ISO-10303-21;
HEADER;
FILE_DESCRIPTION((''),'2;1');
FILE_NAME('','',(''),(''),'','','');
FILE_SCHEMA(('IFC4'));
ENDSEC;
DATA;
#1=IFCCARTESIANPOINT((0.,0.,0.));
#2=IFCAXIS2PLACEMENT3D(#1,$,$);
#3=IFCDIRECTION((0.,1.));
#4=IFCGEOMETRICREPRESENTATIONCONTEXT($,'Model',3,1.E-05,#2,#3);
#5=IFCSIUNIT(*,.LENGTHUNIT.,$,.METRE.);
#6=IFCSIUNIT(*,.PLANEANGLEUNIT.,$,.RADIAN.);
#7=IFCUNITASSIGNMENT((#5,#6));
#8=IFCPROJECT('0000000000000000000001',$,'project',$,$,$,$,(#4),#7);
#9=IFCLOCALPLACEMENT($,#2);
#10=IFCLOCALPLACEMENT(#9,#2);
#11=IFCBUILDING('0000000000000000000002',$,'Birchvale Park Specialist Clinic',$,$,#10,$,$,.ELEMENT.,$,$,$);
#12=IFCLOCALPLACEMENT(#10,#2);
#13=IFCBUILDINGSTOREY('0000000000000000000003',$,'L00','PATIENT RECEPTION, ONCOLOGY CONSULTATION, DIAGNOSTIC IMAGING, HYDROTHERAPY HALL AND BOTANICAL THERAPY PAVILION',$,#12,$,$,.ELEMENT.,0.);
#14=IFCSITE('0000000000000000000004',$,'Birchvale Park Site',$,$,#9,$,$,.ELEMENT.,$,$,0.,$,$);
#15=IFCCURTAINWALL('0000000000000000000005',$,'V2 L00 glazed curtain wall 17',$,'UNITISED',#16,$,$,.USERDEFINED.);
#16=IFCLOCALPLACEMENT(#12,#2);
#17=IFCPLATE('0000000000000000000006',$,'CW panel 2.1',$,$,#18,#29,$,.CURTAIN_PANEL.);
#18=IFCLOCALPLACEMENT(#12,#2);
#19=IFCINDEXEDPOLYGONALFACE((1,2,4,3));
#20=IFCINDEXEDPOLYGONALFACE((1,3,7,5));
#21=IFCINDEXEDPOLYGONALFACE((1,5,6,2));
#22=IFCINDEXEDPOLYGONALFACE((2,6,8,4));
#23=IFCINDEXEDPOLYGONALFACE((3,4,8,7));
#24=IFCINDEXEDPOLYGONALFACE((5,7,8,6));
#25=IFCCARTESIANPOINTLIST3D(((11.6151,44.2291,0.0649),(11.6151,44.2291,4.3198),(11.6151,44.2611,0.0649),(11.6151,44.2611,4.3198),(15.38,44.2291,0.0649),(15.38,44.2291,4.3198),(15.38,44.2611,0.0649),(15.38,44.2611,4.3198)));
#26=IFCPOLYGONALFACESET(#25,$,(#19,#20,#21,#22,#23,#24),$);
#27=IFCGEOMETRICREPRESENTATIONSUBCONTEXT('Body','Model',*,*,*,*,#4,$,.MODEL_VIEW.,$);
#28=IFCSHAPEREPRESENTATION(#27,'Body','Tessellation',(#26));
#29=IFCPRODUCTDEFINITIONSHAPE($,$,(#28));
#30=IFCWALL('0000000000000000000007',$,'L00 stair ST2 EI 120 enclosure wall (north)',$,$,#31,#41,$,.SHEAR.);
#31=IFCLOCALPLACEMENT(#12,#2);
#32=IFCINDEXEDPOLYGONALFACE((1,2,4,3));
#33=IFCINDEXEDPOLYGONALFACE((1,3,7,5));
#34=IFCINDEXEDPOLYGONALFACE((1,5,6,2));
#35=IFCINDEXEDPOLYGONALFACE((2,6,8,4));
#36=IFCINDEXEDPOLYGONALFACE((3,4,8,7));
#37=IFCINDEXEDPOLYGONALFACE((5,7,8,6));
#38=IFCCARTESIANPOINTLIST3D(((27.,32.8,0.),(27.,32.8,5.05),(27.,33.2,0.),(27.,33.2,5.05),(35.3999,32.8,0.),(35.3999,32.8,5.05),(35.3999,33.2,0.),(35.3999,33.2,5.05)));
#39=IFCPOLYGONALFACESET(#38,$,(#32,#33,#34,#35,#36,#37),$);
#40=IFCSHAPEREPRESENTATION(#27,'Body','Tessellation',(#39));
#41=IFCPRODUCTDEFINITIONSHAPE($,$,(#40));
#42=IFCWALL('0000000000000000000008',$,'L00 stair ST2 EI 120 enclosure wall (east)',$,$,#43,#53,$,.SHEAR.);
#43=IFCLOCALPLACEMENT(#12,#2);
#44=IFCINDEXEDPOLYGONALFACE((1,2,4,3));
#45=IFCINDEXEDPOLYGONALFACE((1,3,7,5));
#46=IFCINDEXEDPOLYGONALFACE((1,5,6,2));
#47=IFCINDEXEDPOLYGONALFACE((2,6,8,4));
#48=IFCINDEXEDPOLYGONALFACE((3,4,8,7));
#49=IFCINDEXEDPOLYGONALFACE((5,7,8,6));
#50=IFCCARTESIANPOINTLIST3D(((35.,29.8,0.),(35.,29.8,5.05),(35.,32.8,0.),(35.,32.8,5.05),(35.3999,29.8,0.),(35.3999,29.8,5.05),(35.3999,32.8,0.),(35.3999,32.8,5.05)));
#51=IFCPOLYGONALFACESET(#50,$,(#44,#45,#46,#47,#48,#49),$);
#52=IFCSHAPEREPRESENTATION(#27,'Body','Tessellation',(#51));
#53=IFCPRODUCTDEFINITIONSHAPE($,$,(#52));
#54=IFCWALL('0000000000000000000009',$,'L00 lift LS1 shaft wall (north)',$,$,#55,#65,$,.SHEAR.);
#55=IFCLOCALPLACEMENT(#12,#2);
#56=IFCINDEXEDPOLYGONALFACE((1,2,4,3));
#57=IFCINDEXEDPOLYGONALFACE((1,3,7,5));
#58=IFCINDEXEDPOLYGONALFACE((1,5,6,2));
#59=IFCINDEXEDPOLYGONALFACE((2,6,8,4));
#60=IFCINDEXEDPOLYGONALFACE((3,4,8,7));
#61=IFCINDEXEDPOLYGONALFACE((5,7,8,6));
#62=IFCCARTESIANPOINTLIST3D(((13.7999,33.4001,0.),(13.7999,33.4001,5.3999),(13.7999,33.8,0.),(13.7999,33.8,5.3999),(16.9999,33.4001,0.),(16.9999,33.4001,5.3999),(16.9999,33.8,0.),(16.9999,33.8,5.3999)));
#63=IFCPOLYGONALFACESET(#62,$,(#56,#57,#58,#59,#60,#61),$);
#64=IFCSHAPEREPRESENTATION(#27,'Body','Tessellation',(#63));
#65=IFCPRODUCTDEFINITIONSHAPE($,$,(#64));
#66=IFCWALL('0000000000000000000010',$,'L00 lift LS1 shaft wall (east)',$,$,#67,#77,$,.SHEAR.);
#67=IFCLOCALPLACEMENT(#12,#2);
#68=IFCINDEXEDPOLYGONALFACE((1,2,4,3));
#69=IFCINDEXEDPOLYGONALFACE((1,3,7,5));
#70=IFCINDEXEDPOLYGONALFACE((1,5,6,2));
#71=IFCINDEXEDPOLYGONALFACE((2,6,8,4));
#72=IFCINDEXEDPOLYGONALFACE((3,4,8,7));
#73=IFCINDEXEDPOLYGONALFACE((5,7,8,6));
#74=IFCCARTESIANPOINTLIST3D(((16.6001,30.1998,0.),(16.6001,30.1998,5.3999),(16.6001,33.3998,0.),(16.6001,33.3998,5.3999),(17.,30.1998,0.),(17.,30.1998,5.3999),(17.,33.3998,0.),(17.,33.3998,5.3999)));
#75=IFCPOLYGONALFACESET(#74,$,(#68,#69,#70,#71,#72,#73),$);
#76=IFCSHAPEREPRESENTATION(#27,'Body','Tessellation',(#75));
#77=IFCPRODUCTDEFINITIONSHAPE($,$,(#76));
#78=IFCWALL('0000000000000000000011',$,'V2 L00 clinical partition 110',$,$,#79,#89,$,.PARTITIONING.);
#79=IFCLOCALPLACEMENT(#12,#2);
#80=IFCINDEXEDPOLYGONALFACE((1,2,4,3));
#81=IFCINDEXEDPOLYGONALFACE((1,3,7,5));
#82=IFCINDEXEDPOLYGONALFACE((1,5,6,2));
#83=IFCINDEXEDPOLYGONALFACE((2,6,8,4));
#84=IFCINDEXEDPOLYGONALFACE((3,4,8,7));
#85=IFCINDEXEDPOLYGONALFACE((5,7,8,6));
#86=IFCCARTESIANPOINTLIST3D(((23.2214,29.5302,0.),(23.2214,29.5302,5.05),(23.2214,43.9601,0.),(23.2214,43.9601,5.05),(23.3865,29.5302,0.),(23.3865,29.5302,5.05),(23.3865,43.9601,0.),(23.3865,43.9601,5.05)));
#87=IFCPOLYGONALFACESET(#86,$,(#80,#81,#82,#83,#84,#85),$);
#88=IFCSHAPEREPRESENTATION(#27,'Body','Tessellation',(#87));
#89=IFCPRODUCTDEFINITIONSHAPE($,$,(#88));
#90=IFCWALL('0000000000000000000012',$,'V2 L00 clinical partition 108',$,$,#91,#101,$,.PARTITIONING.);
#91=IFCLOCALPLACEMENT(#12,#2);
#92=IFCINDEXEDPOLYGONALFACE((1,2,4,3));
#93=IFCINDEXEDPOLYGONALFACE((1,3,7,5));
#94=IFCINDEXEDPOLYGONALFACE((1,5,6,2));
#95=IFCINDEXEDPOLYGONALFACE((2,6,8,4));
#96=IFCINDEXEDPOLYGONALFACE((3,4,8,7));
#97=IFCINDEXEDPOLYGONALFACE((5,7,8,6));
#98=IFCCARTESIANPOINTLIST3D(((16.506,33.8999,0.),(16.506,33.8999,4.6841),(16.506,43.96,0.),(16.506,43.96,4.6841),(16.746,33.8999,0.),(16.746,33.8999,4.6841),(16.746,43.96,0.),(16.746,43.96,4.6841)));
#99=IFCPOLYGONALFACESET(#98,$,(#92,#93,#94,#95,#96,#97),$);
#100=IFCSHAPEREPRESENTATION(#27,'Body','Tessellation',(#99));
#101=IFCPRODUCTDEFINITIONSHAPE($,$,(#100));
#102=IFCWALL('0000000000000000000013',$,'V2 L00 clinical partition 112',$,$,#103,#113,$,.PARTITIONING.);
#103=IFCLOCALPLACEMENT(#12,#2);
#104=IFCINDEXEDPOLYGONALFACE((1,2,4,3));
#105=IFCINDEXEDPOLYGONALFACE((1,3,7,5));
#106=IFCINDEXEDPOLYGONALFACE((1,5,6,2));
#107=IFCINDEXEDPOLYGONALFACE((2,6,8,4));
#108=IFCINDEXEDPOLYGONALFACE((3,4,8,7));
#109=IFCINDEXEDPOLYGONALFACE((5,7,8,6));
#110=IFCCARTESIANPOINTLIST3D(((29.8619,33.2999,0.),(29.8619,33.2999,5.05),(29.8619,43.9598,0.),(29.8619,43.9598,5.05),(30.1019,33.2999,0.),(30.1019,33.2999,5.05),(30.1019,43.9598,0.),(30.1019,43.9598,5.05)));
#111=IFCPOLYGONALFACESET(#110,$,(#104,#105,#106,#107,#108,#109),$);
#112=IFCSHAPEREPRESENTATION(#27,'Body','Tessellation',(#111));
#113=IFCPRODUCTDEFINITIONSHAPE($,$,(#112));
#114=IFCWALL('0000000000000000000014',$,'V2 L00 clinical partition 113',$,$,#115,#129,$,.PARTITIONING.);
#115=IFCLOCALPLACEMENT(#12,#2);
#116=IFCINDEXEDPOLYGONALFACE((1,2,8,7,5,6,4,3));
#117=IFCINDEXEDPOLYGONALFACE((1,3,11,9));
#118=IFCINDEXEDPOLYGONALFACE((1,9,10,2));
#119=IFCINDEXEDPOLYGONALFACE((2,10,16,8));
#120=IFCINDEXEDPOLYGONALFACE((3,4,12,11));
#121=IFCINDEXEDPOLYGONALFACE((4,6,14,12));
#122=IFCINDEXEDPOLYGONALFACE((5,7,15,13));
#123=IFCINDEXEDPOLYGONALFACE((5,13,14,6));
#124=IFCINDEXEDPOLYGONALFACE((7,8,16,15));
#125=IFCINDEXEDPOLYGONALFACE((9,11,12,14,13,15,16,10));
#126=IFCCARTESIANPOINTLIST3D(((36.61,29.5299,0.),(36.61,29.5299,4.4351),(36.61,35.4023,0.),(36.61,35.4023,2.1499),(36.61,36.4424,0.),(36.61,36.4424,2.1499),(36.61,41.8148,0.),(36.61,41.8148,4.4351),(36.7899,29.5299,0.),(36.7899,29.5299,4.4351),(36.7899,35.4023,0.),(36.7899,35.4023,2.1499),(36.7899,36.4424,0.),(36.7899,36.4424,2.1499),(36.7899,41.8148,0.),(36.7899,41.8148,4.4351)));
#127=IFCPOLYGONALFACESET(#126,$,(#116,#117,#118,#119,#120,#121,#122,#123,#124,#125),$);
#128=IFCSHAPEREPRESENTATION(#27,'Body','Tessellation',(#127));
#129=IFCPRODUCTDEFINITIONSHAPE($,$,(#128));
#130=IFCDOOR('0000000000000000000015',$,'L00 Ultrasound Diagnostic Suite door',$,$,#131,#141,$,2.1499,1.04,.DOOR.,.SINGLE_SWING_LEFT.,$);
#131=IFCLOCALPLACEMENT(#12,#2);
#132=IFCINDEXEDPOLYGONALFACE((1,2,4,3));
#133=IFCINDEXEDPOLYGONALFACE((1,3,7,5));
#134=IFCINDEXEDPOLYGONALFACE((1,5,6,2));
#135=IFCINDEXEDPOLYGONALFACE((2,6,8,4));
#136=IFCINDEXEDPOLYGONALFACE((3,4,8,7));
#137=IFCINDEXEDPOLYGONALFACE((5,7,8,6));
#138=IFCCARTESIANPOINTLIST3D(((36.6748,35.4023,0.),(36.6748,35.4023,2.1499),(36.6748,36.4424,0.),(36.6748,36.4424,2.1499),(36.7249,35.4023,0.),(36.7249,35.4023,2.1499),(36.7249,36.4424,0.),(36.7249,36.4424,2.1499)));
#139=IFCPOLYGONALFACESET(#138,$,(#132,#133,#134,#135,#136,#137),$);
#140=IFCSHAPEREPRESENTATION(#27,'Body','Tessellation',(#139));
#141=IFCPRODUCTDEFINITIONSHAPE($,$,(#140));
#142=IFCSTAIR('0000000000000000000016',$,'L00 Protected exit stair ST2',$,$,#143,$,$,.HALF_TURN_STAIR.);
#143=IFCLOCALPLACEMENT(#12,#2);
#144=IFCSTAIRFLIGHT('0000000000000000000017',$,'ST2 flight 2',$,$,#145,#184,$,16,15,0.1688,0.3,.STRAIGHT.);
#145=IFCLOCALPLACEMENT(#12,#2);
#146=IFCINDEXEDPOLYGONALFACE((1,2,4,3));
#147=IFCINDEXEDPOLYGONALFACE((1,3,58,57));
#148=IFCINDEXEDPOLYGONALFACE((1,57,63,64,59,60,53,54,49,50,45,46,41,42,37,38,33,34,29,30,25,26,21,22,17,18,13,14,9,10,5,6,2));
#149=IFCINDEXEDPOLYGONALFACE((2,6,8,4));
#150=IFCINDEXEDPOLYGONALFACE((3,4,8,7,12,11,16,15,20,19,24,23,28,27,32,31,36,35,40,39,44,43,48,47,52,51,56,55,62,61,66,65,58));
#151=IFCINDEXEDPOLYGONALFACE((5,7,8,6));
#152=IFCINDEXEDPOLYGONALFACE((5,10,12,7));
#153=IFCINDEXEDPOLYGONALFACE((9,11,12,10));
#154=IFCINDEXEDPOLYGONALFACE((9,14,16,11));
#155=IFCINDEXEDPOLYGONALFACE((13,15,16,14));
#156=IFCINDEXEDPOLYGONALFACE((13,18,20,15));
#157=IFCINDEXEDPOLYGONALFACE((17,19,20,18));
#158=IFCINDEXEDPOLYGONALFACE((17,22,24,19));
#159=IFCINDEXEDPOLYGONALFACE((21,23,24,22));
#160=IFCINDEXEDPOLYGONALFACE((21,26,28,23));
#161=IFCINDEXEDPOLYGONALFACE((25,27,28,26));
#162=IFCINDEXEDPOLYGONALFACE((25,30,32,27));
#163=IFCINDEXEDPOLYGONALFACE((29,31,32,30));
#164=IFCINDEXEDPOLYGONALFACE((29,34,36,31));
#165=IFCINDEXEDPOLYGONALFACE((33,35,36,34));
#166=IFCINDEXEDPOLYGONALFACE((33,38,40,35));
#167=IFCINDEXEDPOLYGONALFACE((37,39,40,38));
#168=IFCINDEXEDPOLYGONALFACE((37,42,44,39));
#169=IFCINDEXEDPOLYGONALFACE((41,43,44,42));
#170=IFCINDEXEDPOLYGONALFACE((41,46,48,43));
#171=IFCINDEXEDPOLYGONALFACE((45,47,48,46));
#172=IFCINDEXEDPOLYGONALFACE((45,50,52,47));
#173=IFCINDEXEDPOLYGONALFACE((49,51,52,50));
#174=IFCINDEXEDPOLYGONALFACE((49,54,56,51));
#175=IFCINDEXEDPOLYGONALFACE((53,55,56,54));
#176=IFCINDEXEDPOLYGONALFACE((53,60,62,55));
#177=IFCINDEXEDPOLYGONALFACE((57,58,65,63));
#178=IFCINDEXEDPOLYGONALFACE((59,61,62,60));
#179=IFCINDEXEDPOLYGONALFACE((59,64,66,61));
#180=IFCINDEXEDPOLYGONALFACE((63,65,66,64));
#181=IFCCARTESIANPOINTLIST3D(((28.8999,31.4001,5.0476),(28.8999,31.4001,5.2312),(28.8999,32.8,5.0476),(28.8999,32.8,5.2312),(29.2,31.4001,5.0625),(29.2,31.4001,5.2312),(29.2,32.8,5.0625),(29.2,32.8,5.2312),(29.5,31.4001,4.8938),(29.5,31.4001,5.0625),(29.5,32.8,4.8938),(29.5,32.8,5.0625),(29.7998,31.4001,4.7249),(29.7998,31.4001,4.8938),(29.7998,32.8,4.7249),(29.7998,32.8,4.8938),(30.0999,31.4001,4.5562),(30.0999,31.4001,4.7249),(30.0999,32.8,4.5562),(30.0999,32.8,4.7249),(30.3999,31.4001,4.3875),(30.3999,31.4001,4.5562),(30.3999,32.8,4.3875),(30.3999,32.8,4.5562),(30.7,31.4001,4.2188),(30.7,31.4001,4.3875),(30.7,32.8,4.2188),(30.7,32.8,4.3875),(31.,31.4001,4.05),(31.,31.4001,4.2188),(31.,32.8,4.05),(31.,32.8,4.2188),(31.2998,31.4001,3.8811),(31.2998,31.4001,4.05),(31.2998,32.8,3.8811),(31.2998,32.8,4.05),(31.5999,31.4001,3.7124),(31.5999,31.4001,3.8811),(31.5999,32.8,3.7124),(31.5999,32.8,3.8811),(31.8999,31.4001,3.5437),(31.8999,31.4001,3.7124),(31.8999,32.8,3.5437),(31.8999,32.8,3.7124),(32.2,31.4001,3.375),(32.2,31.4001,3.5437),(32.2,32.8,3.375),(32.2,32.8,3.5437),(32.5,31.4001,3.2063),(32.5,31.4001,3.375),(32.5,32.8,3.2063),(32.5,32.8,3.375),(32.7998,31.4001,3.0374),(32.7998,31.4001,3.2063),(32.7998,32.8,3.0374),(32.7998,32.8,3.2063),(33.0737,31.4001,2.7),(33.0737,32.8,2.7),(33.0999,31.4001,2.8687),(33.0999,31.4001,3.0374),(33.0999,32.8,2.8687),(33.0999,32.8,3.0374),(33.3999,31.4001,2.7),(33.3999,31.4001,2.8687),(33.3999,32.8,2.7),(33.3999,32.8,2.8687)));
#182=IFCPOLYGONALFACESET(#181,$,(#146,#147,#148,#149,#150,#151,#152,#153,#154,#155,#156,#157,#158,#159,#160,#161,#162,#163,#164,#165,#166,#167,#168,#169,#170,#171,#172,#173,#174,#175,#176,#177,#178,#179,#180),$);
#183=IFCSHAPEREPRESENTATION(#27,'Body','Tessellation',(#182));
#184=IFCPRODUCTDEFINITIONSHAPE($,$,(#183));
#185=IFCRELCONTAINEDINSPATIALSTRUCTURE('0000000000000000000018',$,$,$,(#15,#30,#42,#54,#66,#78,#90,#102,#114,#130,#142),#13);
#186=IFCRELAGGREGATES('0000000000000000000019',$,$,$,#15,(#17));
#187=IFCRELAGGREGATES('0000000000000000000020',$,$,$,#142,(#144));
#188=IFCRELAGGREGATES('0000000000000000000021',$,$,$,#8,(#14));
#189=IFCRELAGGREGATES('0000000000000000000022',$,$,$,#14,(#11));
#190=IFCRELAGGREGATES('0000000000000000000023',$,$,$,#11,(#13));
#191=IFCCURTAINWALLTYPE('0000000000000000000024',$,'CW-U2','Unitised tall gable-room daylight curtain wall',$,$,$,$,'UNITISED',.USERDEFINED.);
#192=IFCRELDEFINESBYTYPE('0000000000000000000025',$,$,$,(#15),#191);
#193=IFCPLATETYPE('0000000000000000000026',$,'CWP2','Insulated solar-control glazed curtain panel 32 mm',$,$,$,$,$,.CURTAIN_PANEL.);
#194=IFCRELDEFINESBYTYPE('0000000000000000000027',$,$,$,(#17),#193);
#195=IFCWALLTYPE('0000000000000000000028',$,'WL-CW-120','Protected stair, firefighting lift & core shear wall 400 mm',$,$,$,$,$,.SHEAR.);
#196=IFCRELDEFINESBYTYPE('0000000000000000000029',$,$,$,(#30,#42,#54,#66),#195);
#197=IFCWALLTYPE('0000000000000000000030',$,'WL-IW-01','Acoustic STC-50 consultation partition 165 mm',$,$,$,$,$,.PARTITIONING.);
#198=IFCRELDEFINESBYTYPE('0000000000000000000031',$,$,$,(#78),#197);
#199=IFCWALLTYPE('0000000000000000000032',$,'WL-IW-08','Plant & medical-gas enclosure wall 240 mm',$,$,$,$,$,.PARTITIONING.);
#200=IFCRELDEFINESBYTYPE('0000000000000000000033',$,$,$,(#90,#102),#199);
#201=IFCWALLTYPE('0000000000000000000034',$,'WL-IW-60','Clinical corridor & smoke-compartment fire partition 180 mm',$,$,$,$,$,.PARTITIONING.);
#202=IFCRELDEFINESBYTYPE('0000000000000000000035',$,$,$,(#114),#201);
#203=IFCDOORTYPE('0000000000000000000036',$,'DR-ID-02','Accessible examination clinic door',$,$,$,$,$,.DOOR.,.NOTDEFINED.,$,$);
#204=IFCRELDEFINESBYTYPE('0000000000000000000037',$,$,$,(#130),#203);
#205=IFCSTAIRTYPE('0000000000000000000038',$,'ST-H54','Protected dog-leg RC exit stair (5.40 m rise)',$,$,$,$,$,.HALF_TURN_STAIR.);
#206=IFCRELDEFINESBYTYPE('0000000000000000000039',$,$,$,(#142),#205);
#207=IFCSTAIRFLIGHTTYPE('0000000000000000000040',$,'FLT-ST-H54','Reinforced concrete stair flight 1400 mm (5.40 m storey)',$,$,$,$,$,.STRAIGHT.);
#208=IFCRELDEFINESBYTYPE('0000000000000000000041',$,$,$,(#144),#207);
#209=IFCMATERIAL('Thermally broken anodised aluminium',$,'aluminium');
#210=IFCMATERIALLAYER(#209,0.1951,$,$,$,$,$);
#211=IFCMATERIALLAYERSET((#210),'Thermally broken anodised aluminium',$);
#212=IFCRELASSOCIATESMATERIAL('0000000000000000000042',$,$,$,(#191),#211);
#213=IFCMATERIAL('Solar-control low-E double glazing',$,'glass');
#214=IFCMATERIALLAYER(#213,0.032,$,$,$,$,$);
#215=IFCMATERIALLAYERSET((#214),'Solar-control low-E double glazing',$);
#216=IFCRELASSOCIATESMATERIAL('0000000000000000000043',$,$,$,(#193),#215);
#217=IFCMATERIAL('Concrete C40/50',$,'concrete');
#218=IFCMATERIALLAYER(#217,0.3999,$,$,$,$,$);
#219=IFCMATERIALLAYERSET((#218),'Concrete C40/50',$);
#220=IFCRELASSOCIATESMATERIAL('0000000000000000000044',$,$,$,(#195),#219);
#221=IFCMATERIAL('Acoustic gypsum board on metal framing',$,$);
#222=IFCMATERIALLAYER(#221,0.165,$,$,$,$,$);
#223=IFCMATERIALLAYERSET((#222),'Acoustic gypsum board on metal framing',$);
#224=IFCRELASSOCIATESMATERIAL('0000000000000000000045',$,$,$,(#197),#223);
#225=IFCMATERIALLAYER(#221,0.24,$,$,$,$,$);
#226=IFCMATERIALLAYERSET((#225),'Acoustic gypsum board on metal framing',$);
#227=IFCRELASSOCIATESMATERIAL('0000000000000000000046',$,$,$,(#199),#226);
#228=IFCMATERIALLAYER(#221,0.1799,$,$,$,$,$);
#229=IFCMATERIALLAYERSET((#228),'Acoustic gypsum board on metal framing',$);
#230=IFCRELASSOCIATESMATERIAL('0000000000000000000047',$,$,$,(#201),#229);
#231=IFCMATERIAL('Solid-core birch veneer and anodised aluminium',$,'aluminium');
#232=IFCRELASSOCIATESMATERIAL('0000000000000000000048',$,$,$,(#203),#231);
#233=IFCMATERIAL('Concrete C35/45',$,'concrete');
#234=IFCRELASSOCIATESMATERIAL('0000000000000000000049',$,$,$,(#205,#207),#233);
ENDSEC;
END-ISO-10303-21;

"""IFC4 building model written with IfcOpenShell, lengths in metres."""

from ifc_helpers import new_model, si_unit, direction, frame, frame_2d, origin, origin_2d, place, context, subcontext, project, spatial, polyline, rectangle, outline, extrude, material, layer, layer_set, type_object, element, fill, aggregate, save


model = new_model("IFC4")

# Units and contexts
model_context = context("Model", 3, precision=1e-05, world=origin(), true_north=direction((0.0, 1.0)))
body_context = subcontext(model_context, "Body", "Model", "MODEL_VIEW")
ifc_project = project(units=[si_unit("LENGTHUNIT", "METRE"), si_unit("PLANEANGLEUNIT", "RADIAN")], contexts=[model_context])

# Site, building, storey
site_placement = place(None, origin())
site = spatial("IfcSite", under=ifc_project, at=site_placement, Name="Birchvale Park Site", CompositionType="ELEMENT", RefElevation=0.0)
building_placement = place(site_placement, origin())
building = spatial("IfcBuilding", under=site, at=building_placement, Name="Birchvale Park Specialist Clinic", CompositionType="ELEMENT")
storey_placement = place(building_placement, origin())
storey = spatial("IfcBuildingStorey", under=building, at=storey_placement, Name="L00", Description="PATIENT RECEPTION, ONCOLOGY CONSULTATION, DIAGNOSTIC IMAGING, HYDROTHERAPY HALL AND BOTANICAL THERAPY PAVILION", CompositionType="ELEMENT", Elevation=0.0)

# Shared definitions
ifc_material_1 = material(Name="Concrete C40/50", Category="concrete")

# Curtain wall
ifc_material_2 = material(Name="Thermally broken anodised aluminium", Category="aluminium")
ifc_layer_1 = layer(ifc_material_2, 0.1951)
ifc_layer_set_1 = layer_set([ifc_layer_1], Name="Thermally broken anodised aluminium")
curtain_wall_type = type_object("IfcCurtainWallType", Name="CW-U2", Description="Unitised tall gable-room daylight curtain wall", ElementType="UNITISED", PredefinedType="USERDEFINED", material=ifc_layer_set_1)
curtain_wall_placement = place(storey_placement, origin())
curtain_wall = element("IfcCurtainWall", 1, at=curtain_wall_placement, inside=storey, type_object=curtain_wall_type, Name="V2 L00 glazed curtain wall 17", ObjectType="UNITISED", PredefinedType="USERDEFINED")

# Plate
ifc_material_3 = material(Name="Solar-control low-E double glazing", Category="glass")
ifc_layer_2 = layer(ifc_material_3, 0.032)
ifc_layer_set_2 = layer_set([ifc_layer_2], Name="Solar-control low-E double glazing")
plate_type = type_object("IfcPlateType", Name="CWP2", Description="Insulated solar-control glazed curtain panel 32 mm", PredefinedType="CURTAIN_PANEL", material=ifc_layer_set_2)
plate_1_placement = place(storey_placement, frame((13.4976, 44.2451, 0.0649), z_axis=(0.0, 0.0, 1.0), x_axis=(-1.0, 0.0, 0.0)))
plate_1 = element("IfcPlate", 2, at=plate_1_placement, type_object=plate_type, Name="CW panel 2.1", PredefinedType="CURTAIN_PANEL", context=body_context, shape_type="SweptSolid", body=[
    extrude(rectangle(XDim=3.7649, YDim=0.032, at=origin_2d()), origin(), (0.0, 0.0, 1.0), 4.2549),
])
aggregate(curtain_wall, [plate_1])

# Walls
ifc_layer_3 = layer(ifc_material_1, 0.3999)
ifc_layer_set_3 = layer_set([ifc_layer_3], Name="Concrete C40/50")
wall_type_1 = type_object("IfcWallType", Name="WL-CW-120", Description="Protected stair, firefighting lift & core shear wall 400 mm", PredefinedType="SHEAR", material=ifc_layer_set_3)
wall_1_placement = place(storey_placement, frame((35.3999, 33.0, 0.0), z_axis=(0.0, 0.0, 1.0), x_axis=(-1.0, 0.0, 0.0)))
element("IfcWall", 3, at=wall_1_placement, inside=storey, type_object=wall_type_1, Name="L00 stair ST2 EI 120 enclosure wall (north)", PredefinedType="SHEAR", context=body_context, shape_type="SweptSolid", body=[
    extrude(rectangle(XDim=8.3999, YDim=0.3999, at=frame_2d((4.2, 0.0))), origin(), (0.0, 0.0, 1.0), 5.05),
])
wall_2_placement = place(storey_placement, frame((35.2, 32.8, 0.0), z_axis=(0.0, 0.0, 1.0), x_axis=(0.0, -1.0, 0.0)))
element("IfcWall", 4, at=wall_2_placement, inside=storey, type_object=wall_type_1, Name="L00 stair ST2 EI 120 enclosure wall (east)", PredefinedType="SHEAR", context=body_context, shape_type="SweptSolid", body=[
    extrude(rectangle(XDim=3.0, YDim=0.3999, at=frame_2d((1.5, 0.0))), origin(), (0.0, 0.0, 1.0), 5.05),
])
for number, where, z_axis, x_axis, name in (
    (5, (17.0, 33.6001, 0.0), (0.0, 0.0, 1.0), (-1.0, 0.0, 0.0), "L00 lift LS1 shaft wall (north)"),
    (6, (16.8, 33.3999, 0.0), (0.0, 0.0, 1.0), (0.0, -1.0, 0.0), "L00 lift LS1 shaft wall (east)"),
):
    element("IfcWall", number, at=place(storey_placement, frame(where, z_axis=z_axis, x_axis=x_axis)), inside=storey, type_object=wall_type_1, Name=name, PredefinedType="SHEAR", context=body_context, shape_type="SweptSolid", body=[
        extrude(rectangle(XDim=3.2, YDim=0.3999, at=frame_2d((1.6001, 0.0))), origin(), (0.0, 0.0, 1.0), 5.3999),
    ])
ifc_material_4 = material(Name="Acoustic gypsum board on metal framing")
ifc_layer_4 = layer(ifc_material_4, 0.165)
ifc_layer_set_4 = layer_set([ifc_layer_4], Name="Acoustic gypsum board on metal framing")
wall_type_2 = type_object("IfcWallType", Name="WL-IW-01", Description="Acoustic STC-50 consultation partition 165 mm", PredefinedType="PARTITIONING", material=ifc_layer_set_4)
wall_3_placement = place(storey_placement, frame((23.304, 43.96, 0.0), z_axis=(0.0, 0.0, 1.0), x_axis=(0.0, -1.0, 0.0)))
element("IfcWall", 7, at=wall_3_placement, inside=storey, type_object=wall_type_2, Name="V2 L00 clinical partition 110", PredefinedType="PARTITIONING", context=body_context, shape_type="SweptSolid", body=[
    extrude(rectangle(XDim=14.4299, YDim=0.165, at=frame_2d((7.2148, 0.0))), origin(), (0.0, 0.0, 1.0), 5.05),
])
ifc_layer_5 = layer(ifc_material_4, 0.24)
ifc_layer_set_5 = layer_set([ifc_layer_5], Name="Acoustic gypsum board on metal framing")
wall_type_3 = type_object("IfcWallType", Name="WL-IW-08", Description="Plant & medical-gas enclosure wall 240 mm", PredefinedType="PARTITIONING", material=ifc_layer_set_5)
wall_4_placement = place(storey_placement, frame((16.626, 43.96, 0.0), z_axis=(0.0, 0.0, 1.0), x_axis=(0.0, -1.0, 0.0)))
element("IfcWall", 8, at=wall_4_placement, inside=storey, type_object=wall_type_3, Name="V2 L00 clinical partition 108", PredefinedType="PARTITIONING", context=body_context, shape_type="SweptSolid", body=[
    extrude(rectangle(XDim=10.0601, YDim=0.24, at=frame_2d((5.03, 0.0))), origin(), (0.0, 0.0, 1.0), 4.6841),
])
wall_5_placement = place(storey_placement, frame((29.9819, 43.96, 0.0), z_axis=(0.0, 0.0, 1.0), x_axis=(0.0, -1.0, 0.0)))
element("IfcWall", 9, at=wall_5_placement, inside=storey, type_object=wall_type_3, Name="V2 L00 clinical partition 112", PredefinedType="PARTITIONING", context=body_context, shape_type="SweptSolid", body=[
    extrude(rectangle(XDim=10.6599, YDim=0.24, at=frame_2d((5.3301, 0.0))), origin(), (0.0, 0.0, 1.0), 5.05),
])

# Wall, opening, door
ifc_layer_6 = layer(ifc_material_4, 0.1799)
ifc_layer_set_6 = layer_set([ifc_layer_6], Name="Acoustic gypsum board on metal framing")
wall_type_4 = type_object("IfcWallType", Name="WL-IW-60", Description="Clinical corridor & smoke-compartment fire partition 180 mm", PredefinedType="PARTITIONING", material=ifc_layer_set_6)
wall_6_placement = place(storey_placement, frame((36.7, 41.8149, 0.0), z_axis=(0.0, 0.0, 1.0), x_axis=(0.0, -1.0, 0.0)))
wall_6 = element("IfcWall", 10, at=wall_6_placement, inside=storey, type_object=wall_type_4, Name="V2 L00 clinical partition 113", PredefinedType="PARTITIONING", context=body_context, shape_type="SweptSolid", body=[
    extrude(rectangle(XDim=12.2849, YDim=0.1799, at=frame_2d((6.1426, 0.0))), origin(), (0.0, 0.0, 1.0), 4.4351),
])
opening_placement = place(wall_6_placement, frame((5.3726, 0.0, 0.0)))
opening = element("IfcOpeningElement", 11, at=opening_placement, cuts=wall_6, PredefinedType="OPENING", context=body_context, shape_type="SweptSolid", body=[
    extrude(rectangle(XDim=1.04, YDim=2.1499, at=frame_2d((0.52, 1.075))), frame((0.0, 0.1001, 0.0), z_axis=(0.0, -1.0, 0.0), x_axis=(1.0, 0.0, 0.0)), (0.0, 0.0, 1.0), 0.2),
])
ifc_material_5 = material(Name="Solid-core birch veneer and anodised aluminium", Category="aluminium")
door_type = type_object("IfcDoorType", Name="DR-ID-02", Description="Accessible examination clinic door", OperationType="NOTDEFINED", PredefinedType="DOOR", material=ifc_material_5)
door_placement = place(opening_placement, origin())
door = element("IfcDoor", 12, at=door_placement, inside=storey, type_object=door_type, Name="L00 Ultrasound Diagnostic Suite door", OperationType="SINGLE_SWING_LEFT", OverallHeight=2.1499, OverallWidth=1.04, PredefinedType="DOOR", context=body_context, shape_type="SweptSolid", body=[
    extrude(rectangle(XDim=1.04, YDim=2.1499, at=frame_2d((0.52, 1.075))), frame((0.0, 0.0249, 0.0), z_axis=(0.0, -1.0, 0.0), x_axis=(1.0, 0.0, 0.0)), (0.0, 0.0, 1.0), 0.05),
])
fill(opening, door)

# Stair, stair flight
ifc_material_6 = material(Name="Concrete C35/45", Category="concrete")
stair_type = type_object("IfcStairType", Name="ST-H54", Description="Protected dog-leg RC exit stair (5.40 m rise)", PredefinedType="HALF_TURN_STAIR", material=ifc_material_6)
stair_placement = place(storey_placement, origin())
stair = element("IfcStair", 13, at=stair_placement, inside=storey, type_object=stair_type, Name="L00 Protected exit stair ST2", PredefinedType="HALF_TURN_STAIR")
stair_flight_type = type_object("IfcStairFlightType", Name="FLT-ST-H54", Description="Reinforced concrete stair flight 1400 mm (5.40 m storey)", PredefinedType="STRAIGHT", material=ifc_material_6)
stair_flight_placement = place(storey_placement, frame((33.3999, 32.1001, 2.7), z_axis=(0.0, 0.0, 1.0), x_axis=(-1.0, 0.0, 0.0)))
stair_flight = element("IfcStairFlight", 14, at=stair_flight_placement, type_object=stair_flight_type, Name="ST2 flight 2", NumberOfRisers=16, NumberOfTreads=15, PredefinedType="STRAIGHT", RiserHeight=0.1688, TreadLength=0.3, context=body_context, shape_type="SweptSolid", body=[
    extrude(outline(polyline([(0.0, 0.0), (0.0, 0.1687), (0.3, 0.1687), (0.3, 0.3374), (0.6001, 0.3374), (0.6001, 0.5063), (0.8999, 0.5063), (0.8999, 0.675), (1.2, 0.675), (1.2, 0.8438), (1.5, 0.8438), (1.5, 1.0125), (1.8, 1.0125), (1.8, 1.1812), (2.1001, 1.1812), (2.1001, 1.3501), (2.3999, 1.3501), (2.3999, 1.5188), (2.7, 1.5188), (2.7, 1.6875), (3.0, 1.6875), (3.0, 1.8562), (3.3, 1.8562), (3.3, 2.0249), (3.6001, 2.0249), (3.6001, 2.1938), (3.8999, 2.1938), (3.8999, 2.3625), (4.2, 2.3625), (4.2, 2.5312), (4.5, 2.5312), (4.5, 2.7), (4.5, 2.3477), (0.3262, 0.0), (0.0, 0.0)])), frame((0.0, 0.7, 0.0), z_axis=(0.0, -1.0, 0.0), x_axis=(1.0, 0.0, 0.0)), (0.0, 0.0, 1.0), 1.3999),
])
aggregate(stair, [stair_flight])

save(model, "model.ifc")
